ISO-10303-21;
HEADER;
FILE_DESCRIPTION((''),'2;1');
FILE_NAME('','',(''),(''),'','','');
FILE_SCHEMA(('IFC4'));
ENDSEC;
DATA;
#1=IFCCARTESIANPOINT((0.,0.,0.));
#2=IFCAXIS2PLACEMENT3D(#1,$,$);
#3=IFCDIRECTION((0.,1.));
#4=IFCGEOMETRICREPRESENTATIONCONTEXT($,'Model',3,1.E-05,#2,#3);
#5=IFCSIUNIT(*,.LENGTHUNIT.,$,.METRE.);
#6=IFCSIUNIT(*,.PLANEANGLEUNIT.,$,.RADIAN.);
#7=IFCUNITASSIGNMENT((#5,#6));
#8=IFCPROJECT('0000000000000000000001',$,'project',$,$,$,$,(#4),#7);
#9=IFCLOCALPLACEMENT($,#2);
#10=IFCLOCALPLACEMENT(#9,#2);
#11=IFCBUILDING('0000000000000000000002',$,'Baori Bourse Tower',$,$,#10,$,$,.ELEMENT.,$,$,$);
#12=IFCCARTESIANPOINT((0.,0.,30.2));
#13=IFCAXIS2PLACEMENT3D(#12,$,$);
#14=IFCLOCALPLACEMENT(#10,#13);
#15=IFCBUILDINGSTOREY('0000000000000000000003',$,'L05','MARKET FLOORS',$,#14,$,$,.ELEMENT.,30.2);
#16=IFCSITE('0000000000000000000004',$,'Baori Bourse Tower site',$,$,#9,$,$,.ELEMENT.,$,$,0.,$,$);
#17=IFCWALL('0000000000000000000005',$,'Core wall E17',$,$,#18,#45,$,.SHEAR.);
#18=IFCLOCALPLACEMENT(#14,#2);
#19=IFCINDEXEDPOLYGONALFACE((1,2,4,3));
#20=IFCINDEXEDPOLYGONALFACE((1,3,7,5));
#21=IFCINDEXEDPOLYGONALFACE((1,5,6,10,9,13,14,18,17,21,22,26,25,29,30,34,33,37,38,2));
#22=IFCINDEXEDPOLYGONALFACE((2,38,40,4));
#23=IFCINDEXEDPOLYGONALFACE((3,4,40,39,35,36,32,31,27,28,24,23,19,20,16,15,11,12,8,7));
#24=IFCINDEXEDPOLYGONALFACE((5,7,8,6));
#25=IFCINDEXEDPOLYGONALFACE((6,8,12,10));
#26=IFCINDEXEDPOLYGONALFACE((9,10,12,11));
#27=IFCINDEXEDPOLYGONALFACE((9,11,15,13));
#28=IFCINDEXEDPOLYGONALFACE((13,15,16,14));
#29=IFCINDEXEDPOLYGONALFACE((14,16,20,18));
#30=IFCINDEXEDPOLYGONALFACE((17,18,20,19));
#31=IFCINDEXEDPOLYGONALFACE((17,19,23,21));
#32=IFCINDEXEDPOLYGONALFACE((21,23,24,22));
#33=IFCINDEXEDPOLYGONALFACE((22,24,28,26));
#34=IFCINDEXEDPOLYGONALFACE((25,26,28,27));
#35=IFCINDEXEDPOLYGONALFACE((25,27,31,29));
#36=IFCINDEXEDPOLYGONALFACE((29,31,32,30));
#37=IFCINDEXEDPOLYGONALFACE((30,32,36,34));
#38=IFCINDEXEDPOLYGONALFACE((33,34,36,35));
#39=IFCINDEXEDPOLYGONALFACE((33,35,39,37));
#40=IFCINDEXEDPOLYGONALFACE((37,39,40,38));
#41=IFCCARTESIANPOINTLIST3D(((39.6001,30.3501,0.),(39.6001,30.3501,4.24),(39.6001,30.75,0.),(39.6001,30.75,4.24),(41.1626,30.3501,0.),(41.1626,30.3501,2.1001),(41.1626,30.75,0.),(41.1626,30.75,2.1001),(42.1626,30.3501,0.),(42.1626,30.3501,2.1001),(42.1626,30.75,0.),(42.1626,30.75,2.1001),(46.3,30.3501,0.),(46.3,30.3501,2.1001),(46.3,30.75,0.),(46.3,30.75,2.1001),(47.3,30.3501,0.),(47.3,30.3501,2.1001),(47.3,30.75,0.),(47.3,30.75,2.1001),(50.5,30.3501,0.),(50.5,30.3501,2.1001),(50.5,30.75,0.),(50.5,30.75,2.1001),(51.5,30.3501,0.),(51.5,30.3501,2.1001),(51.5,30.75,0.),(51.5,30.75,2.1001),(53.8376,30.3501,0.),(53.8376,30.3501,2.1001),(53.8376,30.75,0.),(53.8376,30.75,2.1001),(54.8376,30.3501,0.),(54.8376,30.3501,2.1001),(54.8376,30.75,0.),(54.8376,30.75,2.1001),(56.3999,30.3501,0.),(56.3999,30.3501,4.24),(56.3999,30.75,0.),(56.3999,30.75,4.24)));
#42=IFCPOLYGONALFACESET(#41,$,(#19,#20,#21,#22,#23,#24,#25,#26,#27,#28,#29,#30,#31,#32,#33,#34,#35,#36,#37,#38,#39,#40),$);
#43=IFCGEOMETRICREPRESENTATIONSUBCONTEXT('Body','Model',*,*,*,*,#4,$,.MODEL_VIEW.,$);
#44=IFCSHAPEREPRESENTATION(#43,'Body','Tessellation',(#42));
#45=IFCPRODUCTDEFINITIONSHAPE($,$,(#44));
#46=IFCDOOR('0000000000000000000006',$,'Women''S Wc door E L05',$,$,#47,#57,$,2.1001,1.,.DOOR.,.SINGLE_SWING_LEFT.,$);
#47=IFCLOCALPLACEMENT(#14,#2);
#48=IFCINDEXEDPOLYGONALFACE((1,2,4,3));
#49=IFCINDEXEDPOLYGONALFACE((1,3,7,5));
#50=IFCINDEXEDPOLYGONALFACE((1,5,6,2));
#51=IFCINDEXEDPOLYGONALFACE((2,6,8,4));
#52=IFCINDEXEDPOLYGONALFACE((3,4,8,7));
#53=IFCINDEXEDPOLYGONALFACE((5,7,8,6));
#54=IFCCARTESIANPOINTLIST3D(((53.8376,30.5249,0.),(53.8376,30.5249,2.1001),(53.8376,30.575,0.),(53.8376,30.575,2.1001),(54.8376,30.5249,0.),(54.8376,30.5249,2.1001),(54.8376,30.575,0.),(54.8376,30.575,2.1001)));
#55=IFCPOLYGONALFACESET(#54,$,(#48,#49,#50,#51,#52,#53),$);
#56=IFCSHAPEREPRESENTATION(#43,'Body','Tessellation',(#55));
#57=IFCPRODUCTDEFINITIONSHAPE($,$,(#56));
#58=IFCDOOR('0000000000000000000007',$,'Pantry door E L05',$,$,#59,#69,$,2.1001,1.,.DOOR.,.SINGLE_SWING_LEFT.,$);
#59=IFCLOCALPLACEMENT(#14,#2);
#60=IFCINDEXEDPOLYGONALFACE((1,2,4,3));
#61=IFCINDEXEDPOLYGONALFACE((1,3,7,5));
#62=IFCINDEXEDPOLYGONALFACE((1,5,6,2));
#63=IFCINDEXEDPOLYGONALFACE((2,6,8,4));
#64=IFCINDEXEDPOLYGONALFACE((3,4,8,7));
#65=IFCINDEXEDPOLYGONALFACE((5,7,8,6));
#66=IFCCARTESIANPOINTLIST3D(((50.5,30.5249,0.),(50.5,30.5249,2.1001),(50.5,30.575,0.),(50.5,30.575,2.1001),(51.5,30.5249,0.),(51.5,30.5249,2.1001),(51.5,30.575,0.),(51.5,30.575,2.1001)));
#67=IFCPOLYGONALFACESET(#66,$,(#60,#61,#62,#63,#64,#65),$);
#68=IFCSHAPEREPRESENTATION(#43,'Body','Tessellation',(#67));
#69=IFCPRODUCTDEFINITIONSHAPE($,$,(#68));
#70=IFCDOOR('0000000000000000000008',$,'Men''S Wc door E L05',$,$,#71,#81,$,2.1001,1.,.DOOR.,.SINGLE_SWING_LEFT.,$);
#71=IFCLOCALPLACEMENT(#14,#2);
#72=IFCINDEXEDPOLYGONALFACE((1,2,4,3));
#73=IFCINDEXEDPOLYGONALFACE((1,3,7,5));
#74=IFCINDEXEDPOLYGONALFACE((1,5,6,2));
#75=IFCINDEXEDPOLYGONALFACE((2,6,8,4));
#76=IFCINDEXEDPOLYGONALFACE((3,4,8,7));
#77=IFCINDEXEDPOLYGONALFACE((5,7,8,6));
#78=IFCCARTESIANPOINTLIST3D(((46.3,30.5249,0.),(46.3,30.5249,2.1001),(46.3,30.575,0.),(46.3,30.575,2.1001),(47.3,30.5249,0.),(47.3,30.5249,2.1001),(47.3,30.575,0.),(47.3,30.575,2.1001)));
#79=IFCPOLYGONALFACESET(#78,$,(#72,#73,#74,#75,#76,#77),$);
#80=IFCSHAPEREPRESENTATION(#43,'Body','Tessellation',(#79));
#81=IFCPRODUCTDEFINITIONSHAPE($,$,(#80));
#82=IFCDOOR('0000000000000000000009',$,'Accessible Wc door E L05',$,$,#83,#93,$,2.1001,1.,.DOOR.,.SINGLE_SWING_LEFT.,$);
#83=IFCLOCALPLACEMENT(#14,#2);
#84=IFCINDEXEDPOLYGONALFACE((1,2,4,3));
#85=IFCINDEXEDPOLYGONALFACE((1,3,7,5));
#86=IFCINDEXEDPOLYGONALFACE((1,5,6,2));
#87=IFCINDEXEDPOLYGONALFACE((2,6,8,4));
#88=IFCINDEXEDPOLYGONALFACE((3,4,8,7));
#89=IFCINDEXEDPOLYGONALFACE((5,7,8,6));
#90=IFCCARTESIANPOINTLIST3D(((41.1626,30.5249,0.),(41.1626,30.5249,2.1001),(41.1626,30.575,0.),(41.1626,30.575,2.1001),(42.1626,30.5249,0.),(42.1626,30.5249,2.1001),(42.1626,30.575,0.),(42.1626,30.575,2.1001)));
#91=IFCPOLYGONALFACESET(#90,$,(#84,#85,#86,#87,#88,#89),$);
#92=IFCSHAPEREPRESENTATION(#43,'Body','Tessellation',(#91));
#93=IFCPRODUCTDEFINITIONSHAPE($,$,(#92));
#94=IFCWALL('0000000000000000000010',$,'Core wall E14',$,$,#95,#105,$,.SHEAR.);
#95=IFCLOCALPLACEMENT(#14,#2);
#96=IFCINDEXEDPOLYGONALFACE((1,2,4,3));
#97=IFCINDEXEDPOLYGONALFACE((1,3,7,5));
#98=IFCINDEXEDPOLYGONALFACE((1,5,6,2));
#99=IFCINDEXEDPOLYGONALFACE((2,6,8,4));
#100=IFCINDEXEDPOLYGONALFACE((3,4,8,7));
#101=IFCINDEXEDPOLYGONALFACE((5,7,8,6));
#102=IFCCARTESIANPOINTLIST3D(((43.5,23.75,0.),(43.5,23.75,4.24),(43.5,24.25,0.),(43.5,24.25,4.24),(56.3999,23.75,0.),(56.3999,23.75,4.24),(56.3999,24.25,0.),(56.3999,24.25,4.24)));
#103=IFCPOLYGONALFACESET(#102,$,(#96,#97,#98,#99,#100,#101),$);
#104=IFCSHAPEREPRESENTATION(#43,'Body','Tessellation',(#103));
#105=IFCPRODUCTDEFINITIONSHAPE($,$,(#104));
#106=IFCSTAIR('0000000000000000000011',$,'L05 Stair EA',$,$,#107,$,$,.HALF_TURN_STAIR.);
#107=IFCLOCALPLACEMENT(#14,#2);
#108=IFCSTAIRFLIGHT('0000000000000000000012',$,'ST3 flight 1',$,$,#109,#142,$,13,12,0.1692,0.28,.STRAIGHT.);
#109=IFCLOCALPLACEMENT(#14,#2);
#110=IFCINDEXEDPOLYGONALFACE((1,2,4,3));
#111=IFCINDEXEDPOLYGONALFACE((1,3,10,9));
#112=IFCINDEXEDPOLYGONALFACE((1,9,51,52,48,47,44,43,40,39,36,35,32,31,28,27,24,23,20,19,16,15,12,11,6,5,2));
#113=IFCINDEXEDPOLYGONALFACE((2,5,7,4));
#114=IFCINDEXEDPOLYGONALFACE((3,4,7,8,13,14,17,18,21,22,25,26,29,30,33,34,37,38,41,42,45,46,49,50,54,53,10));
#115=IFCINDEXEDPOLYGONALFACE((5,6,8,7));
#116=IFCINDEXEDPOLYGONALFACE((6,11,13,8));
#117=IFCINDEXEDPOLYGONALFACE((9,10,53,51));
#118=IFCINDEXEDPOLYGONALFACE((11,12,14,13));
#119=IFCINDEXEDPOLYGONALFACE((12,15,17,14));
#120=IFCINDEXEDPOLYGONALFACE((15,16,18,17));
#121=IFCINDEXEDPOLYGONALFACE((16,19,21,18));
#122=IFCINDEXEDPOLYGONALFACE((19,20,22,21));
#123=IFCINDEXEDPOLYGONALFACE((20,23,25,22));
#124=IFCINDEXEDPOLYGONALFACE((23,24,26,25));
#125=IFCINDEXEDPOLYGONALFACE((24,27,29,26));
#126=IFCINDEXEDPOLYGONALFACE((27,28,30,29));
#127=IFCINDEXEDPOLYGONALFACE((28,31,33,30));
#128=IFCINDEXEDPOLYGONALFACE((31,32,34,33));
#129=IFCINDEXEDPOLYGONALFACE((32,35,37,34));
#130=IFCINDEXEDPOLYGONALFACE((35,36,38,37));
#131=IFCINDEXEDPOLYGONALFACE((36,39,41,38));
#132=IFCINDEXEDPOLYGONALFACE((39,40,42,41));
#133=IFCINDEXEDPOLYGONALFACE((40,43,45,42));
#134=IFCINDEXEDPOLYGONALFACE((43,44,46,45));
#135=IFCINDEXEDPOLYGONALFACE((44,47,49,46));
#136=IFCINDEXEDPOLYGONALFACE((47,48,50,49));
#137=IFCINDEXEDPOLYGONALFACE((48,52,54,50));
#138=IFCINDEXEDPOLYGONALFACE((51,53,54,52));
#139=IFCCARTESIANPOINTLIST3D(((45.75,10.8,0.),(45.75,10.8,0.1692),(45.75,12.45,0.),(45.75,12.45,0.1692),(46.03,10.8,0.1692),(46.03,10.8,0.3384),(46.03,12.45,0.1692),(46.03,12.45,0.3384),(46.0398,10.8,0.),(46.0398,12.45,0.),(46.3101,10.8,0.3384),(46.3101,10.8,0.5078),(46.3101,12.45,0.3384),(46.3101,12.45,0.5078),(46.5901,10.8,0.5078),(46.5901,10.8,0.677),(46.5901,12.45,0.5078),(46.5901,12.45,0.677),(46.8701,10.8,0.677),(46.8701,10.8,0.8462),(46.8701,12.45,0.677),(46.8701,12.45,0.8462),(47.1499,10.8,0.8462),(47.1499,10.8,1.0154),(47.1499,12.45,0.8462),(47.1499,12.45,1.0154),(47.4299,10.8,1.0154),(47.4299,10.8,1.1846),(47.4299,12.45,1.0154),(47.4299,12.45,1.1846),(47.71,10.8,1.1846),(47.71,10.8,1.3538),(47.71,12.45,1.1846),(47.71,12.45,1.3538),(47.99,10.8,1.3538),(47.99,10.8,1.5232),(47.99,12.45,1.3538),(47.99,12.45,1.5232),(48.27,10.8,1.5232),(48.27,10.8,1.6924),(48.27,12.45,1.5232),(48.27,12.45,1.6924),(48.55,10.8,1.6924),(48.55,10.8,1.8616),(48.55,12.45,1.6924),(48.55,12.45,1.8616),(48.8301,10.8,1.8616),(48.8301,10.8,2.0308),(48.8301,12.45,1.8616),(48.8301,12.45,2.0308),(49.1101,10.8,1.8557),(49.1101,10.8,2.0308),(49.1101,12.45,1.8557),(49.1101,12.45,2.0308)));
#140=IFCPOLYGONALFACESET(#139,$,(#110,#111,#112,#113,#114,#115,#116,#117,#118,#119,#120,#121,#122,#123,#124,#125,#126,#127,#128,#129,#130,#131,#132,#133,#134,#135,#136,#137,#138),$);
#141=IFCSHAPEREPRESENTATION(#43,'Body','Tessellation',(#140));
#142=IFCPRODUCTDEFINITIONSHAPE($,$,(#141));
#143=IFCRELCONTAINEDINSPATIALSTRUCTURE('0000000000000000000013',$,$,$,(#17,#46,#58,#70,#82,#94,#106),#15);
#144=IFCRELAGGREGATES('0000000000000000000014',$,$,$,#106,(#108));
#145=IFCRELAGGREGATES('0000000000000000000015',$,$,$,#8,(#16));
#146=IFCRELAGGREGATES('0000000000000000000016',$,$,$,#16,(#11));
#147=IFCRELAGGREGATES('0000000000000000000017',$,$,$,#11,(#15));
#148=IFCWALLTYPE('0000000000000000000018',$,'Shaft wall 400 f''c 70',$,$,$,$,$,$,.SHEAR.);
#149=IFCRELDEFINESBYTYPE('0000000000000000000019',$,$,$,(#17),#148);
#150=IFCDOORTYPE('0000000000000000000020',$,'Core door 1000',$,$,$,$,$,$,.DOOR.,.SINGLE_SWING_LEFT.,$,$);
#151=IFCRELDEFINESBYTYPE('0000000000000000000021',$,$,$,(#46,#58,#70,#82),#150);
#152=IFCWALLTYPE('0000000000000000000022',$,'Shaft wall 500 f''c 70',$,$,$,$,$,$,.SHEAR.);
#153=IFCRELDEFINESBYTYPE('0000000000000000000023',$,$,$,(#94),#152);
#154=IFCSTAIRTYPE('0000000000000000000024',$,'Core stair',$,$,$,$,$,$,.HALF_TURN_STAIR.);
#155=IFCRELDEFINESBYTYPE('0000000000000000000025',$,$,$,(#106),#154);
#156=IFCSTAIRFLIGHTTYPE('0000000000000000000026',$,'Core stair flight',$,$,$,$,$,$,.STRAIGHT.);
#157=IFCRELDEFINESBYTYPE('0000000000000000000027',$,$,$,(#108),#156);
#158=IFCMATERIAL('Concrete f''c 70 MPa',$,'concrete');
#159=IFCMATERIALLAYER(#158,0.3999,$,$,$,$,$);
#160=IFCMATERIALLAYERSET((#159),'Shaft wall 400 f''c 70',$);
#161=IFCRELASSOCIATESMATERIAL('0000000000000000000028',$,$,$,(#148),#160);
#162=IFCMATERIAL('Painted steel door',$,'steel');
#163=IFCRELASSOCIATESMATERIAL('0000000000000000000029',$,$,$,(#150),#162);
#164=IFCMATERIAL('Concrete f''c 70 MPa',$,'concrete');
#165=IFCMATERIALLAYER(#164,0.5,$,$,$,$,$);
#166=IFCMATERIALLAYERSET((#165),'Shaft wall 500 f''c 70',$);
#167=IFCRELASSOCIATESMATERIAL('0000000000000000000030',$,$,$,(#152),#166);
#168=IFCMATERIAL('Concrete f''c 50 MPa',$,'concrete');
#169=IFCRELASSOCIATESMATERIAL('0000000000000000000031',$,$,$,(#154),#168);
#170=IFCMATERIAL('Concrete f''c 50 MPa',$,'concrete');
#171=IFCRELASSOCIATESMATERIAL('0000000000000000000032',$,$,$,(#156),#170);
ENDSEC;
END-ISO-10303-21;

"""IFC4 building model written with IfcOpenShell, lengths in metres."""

from ifc_helpers import new_model, si_unit, direction, frame, frame_2d, origin, place, context, subcontext, project, spatial, polyline, rectangle, outline, extrude, material, layer, layer_set, type_object, element, fill, aggregate, save


model = new_model("IFC4")

# Units and contexts
model_context = context("Model", 3, precision=1e-05, world=origin(), true_north=direction((0.0, 1.0)))
body_context = subcontext(model_context, "Body", "Model", "MODEL_VIEW")
ifc_project = project(units=[si_unit("LENGTHUNIT", "METRE"), si_unit("PLANEANGLEUNIT", "RADIAN")], contexts=[model_context])

# Site, building, storey
site_placement = place(None, origin())
site = spatial("IfcSite", under=ifc_project, at=site_placement, Name="Baori Bourse Tower site", CompositionType="ELEMENT", RefElevation=0.0)
building_placement = place(site_placement, origin())
building = spatial("IfcBuilding", under=site, at=building_placement, Name="Baori Bourse Tower", CompositionType="ELEMENT")
storey_placement = place(building_placement, frame((0.0, 0.0, 30.2)))
storey = spatial("IfcBuildingStorey", under=building, at=storey_placement, Name="L05", Description="MARKET FLOORS", CompositionType="ELEMENT", Elevation=30.2)

# Shared definitions
ifc_material_1 = material(Name="Concrete f'c 70 MPa", Category="concrete")
ifc_layer_1 = layer(ifc_material_1, 0.3999)
ifc_layer_set_1 = layer_set([ifc_layer_1], Name="Shaft wall 400 f'c 70")
wall_type_1 = type_object("IfcWallType", Name="Shaft wall 400 f'c 70", PredefinedType="SHEAR", material=ifc_layer_set_1)

# Wall, openings, doors
wall_1_placement = place(storey_placement, frame((39.6001, 30.55, 0.0), z_axis=(0.0, 0.0, 1.0), x_axis=(1.0, 0.0, 0.0)))
wall_1 = element("IfcWall", 1, at=wall_1_placement, inside=storey, type_object=wall_type_1, Name="Core wall E17", PredefinedType="SHEAR", context=body_context, shape_type="SweptSolid", body=[
    extrude(rectangle(XDim=16.7998, YDim=0.3999, at=frame_2d((8.3999, 0.0))), origin(), (0.0, 0.0, 1.0), 4.24),
])
opening_1_placement = place(wall_1_placement, frame((14.2375, 0.0, 0.0)))
opening_1 = element("IfcOpeningElement", 2, at=opening_1_placement, cuts=wall_1, PredefinedType="OPENING", context=body_context, shape_type="SweptSolid", body=[
    extrude(rectangle(XDim=1.0, YDim=2.1001, at=frame_2d((0.5, 1.05))), frame((0.0, 0.21, 0.0), z_axis=(0.0, -1.0, 0.0), x_axis=(1.0, 0.0, 0.0)), (0.0, 0.0, 1.0), 0.4199),
])
opening_2_placement = place(wall_1_placement, frame((10.8999, 0.0, 0.0)))
opening_2 = element("IfcOpeningElement", 3, at=opening_2_placement, cuts=wall_1, PredefinedType="OPENING", context=body_context, shape_type="SweptSolid", body=[
    extrude(rectangle(XDim=1.0, YDim=2.1001, at=frame_2d((0.5, 1.05))), frame((0.0, 0.21, 0.0), z_axis=(0.0, -1.0, 0.0), x_axis=(1.0, 0.0, 0.0)), (0.0, 0.0, 1.0), 0.4199),
])
opening_3_placement = place(wall_1_placement, frame((6.7, 0.0, 0.0)))
opening_3 = element("IfcOpeningElement", 4, at=opening_3_placement, cuts=wall_1, PredefinedType="OPENING", context=body_context, shape_type="SweptSolid", body=[
    extrude(rectangle(XDim=1.0, YDim=2.1001, at=frame_2d((0.5, 1.05))), frame((0.0, 0.21, 0.0), z_axis=(0.0, -1.0, 0.0), x_axis=(1.0, 0.0, 0.0)), (0.0, 0.0, 1.0), 0.4199),
])
opening_4_placement = place(wall_1_placement, frame((1.5625, 0.0, 0.0)))
opening_4 = element("IfcOpeningElement", 5, at=opening_4_placement, cuts=wall_1, PredefinedType="OPENING", context=body_context, shape_type="SweptSolid", body=[
    extrude(rectangle(XDim=1.0, YDim=2.1001, at=frame_2d((0.5, 1.05))), frame((0.0, 0.21, 0.0), z_axis=(0.0, -1.0, 0.0), x_axis=(1.0, 0.0, 0.0)), (0.0, 0.0, 1.0), 0.4199),
])
ifc_material_2 = material(Name="Painted steel door", Category="steel")
door_type_1 = type_object("IfcDoorType", Name="Core door 1000", OperationType="SINGLE_SWING_LEFT", PredefinedType="DOOR", material=ifc_material_2)
door_1_placement = place(opening_1_placement, origin())
door_1 = element("IfcDoor", 6, at=door_1_placement, inside=storey, type_object=door_type_1, Name="Women'S Wc door E L05", OperationType="SINGLE_SWING_LEFT", OverallHeight=2.1001, OverallWidth=1.0, PredefinedType="DOOR", context=body_context, shape_type="SweptSolid", body=[
    extrude(rectangle(XDim=1.0, YDim=2.1001, at=frame_2d((0.5, 1.05))), frame((0.0, 0.0249, 0.0), z_axis=(0.0, -1.0, 0.0), x_axis=(1.0, 0.0, 0.0)), (0.0, 0.0, 1.0), 0.05),
])
fill(opening_1, door_1)
door_2_placement = place(opening_2_placement, origin())
door_2 = element("IfcDoor", 7, at=door_2_placement, inside=storey, type_object=door_type_1, Name="Pantry door E L05", OperationType="SINGLE_SWING_LEFT", OverallHeight=2.1001, OverallWidth=1.0, PredefinedType="DOOR", context=body_context, shape_type="SweptSolid", body=[
    extrude(rectangle(XDim=1.0, YDim=2.1001, at=frame_2d((0.5, 1.05))), frame((0.0, 0.0249, 0.0), z_axis=(0.0, -1.0, 0.0), x_axis=(1.0, 0.0, 0.0)), (0.0, 0.0, 1.0), 0.05),
])
fill(opening_2, door_2)
door_3_placement = place(opening_3_placement, origin())
door_3 = element("IfcDoor", 8, at=door_3_placement, inside=storey, type_object=door_type_1, Name="Men'S Wc door E L05", OperationType="SINGLE_SWING_LEFT", OverallHeight=2.1001, OverallWidth=1.0, PredefinedType="DOOR", context=body_context, shape_type="SweptSolid", body=[
    extrude(rectangle(XDim=1.0, YDim=2.1001, at=frame_2d((0.5, 1.05))), frame((0.0, 0.0249, 0.0), z_axis=(0.0, -1.0, 0.0), x_axis=(1.0, 0.0, 0.0)), (0.0, 0.0, 1.0), 0.05),
])
fill(opening_3, door_3)
door_4_placement = place(opening_4_placement, origin())
door_4 = element("IfcDoor", 9, at=door_4_placement, inside=storey, type_object=door_type_1, Name="Accessible Wc door E L05", OperationType="SINGLE_SWING_LEFT", OverallHeight=2.1001, OverallWidth=1.0, PredefinedType="DOOR", context=body_context, shape_type="SweptSolid", body=[
    extrude(rectangle(XDim=1.0, YDim=2.1001, at=frame_2d((0.5, 1.05))), frame((0.0, 0.0249, 0.0), z_axis=(0.0, -1.0, 0.0), x_axis=(1.0, 0.0, 0.0)), (0.0, 0.0, 1.0), 0.05),
])
fill(opening_4, door_4)

# Wall
ifc_material_3 = material(Name="Concrete f'c 70 MPa", Category="concrete")
ifc_layer_2 = layer(ifc_material_3, 0.5)
ifc_layer_set_2 = layer_set([ifc_layer_2], Name="Shaft wall 500 f'c 70")
wall_type_2 = type_object("IfcWallType", Name="Shaft wall 500 f'c 70", PredefinedType="SHEAR", material=ifc_layer_set_2)
wall_2_placement = place(storey_placement, frame((43.5, 24.0, 0.0), z_axis=(0.0, 0.0, 1.0), x_axis=(1.0, 0.0, 0.0)))
element("IfcWall", 10, at=wall_2_placement, inside=storey, type_object=wall_type_2, Name="Core wall E14", PredefinedType="SHEAR", context=body_context, shape_type="SweptSolid", body=[
    extrude(rectangle(XDim=12.8999, YDim=0.5, at=frame_2d((6.45, 0.0))), origin(), (0.0, 0.0, 1.0), 4.24),
])

# Stair, stair flight
ifc_material_4 = material(Name="Concrete f'c 50 MPa", Category="concrete")
stair_type = type_object("IfcStairType", Name="Core stair", PredefinedType="HALF_TURN_STAIR", material=ifc_material_4)
stair_placement = place(storey_placement, origin())
stair = element("IfcStair", 11, at=stair_placement, inside=storey, type_object=stair_type, Name="L05 Stair EA", PredefinedType="HALF_TURN_STAIR")
ifc_material_5 = material(Name="Concrete f'c 50 MPa", Category="concrete")
stair_flight_type = type_object("IfcStairFlightType", Name="Core stair flight", PredefinedType="STRAIGHT", material=ifc_material_5)
stair_flight_placement = place(storey_placement, frame((45.75, 11.625, 0.0), z_axis=(0.0, 0.0, 1.0), x_axis=(1.0, 0.0, 0.0)))
stair_flight = element("IfcStairFlight", 12, at=stair_flight_placement, type_object=stair_flight_type, Name="ST3 flight 1", NumberOfRisers=13, NumberOfTreads=12, PredefinedType="STRAIGHT", RiserHeight=0.1692, TreadLength=0.28, context=body_context, shape_type="SweptSolid", body=[
    extrude(outline(polyline([(0.0, 0.0), (0.0, 0.1692), (0.28, 0.1692), (0.28, 0.3384), (0.5601, 0.3384), (0.5601, 0.5078), (0.8401, 0.5078), (0.8401, 0.677), (1.1201, 0.677), (1.1201, 0.8462), (1.3999, 0.8462), (1.3999, 1.0154), (1.6799, 1.0154), (1.6799, 1.1846), (1.96, 1.1846), (1.96, 1.3538), (2.24, 1.3538), (2.24, 1.5232), (2.52, 1.5232), (2.52, 1.6924), (2.8, 1.6924), (2.8, 1.8616), (3.0801, 1.8616), (3.0801, 2.0308), (3.3601, 2.0308), (3.3601, 2.2), (3.3601, 1.8557), (0.2898, 0.0), (0.0, 0.0)])), frame((0.0, 0.825, 0.0), z_axis=(0.0, -1.0, 0.0), x_axis=(1.0, 0.0, 0.0)), (0.0, 0.0, 1.0), 1.6499),
])
aggregate(stair, [stair_flight])

save(model, "model.ifc")
